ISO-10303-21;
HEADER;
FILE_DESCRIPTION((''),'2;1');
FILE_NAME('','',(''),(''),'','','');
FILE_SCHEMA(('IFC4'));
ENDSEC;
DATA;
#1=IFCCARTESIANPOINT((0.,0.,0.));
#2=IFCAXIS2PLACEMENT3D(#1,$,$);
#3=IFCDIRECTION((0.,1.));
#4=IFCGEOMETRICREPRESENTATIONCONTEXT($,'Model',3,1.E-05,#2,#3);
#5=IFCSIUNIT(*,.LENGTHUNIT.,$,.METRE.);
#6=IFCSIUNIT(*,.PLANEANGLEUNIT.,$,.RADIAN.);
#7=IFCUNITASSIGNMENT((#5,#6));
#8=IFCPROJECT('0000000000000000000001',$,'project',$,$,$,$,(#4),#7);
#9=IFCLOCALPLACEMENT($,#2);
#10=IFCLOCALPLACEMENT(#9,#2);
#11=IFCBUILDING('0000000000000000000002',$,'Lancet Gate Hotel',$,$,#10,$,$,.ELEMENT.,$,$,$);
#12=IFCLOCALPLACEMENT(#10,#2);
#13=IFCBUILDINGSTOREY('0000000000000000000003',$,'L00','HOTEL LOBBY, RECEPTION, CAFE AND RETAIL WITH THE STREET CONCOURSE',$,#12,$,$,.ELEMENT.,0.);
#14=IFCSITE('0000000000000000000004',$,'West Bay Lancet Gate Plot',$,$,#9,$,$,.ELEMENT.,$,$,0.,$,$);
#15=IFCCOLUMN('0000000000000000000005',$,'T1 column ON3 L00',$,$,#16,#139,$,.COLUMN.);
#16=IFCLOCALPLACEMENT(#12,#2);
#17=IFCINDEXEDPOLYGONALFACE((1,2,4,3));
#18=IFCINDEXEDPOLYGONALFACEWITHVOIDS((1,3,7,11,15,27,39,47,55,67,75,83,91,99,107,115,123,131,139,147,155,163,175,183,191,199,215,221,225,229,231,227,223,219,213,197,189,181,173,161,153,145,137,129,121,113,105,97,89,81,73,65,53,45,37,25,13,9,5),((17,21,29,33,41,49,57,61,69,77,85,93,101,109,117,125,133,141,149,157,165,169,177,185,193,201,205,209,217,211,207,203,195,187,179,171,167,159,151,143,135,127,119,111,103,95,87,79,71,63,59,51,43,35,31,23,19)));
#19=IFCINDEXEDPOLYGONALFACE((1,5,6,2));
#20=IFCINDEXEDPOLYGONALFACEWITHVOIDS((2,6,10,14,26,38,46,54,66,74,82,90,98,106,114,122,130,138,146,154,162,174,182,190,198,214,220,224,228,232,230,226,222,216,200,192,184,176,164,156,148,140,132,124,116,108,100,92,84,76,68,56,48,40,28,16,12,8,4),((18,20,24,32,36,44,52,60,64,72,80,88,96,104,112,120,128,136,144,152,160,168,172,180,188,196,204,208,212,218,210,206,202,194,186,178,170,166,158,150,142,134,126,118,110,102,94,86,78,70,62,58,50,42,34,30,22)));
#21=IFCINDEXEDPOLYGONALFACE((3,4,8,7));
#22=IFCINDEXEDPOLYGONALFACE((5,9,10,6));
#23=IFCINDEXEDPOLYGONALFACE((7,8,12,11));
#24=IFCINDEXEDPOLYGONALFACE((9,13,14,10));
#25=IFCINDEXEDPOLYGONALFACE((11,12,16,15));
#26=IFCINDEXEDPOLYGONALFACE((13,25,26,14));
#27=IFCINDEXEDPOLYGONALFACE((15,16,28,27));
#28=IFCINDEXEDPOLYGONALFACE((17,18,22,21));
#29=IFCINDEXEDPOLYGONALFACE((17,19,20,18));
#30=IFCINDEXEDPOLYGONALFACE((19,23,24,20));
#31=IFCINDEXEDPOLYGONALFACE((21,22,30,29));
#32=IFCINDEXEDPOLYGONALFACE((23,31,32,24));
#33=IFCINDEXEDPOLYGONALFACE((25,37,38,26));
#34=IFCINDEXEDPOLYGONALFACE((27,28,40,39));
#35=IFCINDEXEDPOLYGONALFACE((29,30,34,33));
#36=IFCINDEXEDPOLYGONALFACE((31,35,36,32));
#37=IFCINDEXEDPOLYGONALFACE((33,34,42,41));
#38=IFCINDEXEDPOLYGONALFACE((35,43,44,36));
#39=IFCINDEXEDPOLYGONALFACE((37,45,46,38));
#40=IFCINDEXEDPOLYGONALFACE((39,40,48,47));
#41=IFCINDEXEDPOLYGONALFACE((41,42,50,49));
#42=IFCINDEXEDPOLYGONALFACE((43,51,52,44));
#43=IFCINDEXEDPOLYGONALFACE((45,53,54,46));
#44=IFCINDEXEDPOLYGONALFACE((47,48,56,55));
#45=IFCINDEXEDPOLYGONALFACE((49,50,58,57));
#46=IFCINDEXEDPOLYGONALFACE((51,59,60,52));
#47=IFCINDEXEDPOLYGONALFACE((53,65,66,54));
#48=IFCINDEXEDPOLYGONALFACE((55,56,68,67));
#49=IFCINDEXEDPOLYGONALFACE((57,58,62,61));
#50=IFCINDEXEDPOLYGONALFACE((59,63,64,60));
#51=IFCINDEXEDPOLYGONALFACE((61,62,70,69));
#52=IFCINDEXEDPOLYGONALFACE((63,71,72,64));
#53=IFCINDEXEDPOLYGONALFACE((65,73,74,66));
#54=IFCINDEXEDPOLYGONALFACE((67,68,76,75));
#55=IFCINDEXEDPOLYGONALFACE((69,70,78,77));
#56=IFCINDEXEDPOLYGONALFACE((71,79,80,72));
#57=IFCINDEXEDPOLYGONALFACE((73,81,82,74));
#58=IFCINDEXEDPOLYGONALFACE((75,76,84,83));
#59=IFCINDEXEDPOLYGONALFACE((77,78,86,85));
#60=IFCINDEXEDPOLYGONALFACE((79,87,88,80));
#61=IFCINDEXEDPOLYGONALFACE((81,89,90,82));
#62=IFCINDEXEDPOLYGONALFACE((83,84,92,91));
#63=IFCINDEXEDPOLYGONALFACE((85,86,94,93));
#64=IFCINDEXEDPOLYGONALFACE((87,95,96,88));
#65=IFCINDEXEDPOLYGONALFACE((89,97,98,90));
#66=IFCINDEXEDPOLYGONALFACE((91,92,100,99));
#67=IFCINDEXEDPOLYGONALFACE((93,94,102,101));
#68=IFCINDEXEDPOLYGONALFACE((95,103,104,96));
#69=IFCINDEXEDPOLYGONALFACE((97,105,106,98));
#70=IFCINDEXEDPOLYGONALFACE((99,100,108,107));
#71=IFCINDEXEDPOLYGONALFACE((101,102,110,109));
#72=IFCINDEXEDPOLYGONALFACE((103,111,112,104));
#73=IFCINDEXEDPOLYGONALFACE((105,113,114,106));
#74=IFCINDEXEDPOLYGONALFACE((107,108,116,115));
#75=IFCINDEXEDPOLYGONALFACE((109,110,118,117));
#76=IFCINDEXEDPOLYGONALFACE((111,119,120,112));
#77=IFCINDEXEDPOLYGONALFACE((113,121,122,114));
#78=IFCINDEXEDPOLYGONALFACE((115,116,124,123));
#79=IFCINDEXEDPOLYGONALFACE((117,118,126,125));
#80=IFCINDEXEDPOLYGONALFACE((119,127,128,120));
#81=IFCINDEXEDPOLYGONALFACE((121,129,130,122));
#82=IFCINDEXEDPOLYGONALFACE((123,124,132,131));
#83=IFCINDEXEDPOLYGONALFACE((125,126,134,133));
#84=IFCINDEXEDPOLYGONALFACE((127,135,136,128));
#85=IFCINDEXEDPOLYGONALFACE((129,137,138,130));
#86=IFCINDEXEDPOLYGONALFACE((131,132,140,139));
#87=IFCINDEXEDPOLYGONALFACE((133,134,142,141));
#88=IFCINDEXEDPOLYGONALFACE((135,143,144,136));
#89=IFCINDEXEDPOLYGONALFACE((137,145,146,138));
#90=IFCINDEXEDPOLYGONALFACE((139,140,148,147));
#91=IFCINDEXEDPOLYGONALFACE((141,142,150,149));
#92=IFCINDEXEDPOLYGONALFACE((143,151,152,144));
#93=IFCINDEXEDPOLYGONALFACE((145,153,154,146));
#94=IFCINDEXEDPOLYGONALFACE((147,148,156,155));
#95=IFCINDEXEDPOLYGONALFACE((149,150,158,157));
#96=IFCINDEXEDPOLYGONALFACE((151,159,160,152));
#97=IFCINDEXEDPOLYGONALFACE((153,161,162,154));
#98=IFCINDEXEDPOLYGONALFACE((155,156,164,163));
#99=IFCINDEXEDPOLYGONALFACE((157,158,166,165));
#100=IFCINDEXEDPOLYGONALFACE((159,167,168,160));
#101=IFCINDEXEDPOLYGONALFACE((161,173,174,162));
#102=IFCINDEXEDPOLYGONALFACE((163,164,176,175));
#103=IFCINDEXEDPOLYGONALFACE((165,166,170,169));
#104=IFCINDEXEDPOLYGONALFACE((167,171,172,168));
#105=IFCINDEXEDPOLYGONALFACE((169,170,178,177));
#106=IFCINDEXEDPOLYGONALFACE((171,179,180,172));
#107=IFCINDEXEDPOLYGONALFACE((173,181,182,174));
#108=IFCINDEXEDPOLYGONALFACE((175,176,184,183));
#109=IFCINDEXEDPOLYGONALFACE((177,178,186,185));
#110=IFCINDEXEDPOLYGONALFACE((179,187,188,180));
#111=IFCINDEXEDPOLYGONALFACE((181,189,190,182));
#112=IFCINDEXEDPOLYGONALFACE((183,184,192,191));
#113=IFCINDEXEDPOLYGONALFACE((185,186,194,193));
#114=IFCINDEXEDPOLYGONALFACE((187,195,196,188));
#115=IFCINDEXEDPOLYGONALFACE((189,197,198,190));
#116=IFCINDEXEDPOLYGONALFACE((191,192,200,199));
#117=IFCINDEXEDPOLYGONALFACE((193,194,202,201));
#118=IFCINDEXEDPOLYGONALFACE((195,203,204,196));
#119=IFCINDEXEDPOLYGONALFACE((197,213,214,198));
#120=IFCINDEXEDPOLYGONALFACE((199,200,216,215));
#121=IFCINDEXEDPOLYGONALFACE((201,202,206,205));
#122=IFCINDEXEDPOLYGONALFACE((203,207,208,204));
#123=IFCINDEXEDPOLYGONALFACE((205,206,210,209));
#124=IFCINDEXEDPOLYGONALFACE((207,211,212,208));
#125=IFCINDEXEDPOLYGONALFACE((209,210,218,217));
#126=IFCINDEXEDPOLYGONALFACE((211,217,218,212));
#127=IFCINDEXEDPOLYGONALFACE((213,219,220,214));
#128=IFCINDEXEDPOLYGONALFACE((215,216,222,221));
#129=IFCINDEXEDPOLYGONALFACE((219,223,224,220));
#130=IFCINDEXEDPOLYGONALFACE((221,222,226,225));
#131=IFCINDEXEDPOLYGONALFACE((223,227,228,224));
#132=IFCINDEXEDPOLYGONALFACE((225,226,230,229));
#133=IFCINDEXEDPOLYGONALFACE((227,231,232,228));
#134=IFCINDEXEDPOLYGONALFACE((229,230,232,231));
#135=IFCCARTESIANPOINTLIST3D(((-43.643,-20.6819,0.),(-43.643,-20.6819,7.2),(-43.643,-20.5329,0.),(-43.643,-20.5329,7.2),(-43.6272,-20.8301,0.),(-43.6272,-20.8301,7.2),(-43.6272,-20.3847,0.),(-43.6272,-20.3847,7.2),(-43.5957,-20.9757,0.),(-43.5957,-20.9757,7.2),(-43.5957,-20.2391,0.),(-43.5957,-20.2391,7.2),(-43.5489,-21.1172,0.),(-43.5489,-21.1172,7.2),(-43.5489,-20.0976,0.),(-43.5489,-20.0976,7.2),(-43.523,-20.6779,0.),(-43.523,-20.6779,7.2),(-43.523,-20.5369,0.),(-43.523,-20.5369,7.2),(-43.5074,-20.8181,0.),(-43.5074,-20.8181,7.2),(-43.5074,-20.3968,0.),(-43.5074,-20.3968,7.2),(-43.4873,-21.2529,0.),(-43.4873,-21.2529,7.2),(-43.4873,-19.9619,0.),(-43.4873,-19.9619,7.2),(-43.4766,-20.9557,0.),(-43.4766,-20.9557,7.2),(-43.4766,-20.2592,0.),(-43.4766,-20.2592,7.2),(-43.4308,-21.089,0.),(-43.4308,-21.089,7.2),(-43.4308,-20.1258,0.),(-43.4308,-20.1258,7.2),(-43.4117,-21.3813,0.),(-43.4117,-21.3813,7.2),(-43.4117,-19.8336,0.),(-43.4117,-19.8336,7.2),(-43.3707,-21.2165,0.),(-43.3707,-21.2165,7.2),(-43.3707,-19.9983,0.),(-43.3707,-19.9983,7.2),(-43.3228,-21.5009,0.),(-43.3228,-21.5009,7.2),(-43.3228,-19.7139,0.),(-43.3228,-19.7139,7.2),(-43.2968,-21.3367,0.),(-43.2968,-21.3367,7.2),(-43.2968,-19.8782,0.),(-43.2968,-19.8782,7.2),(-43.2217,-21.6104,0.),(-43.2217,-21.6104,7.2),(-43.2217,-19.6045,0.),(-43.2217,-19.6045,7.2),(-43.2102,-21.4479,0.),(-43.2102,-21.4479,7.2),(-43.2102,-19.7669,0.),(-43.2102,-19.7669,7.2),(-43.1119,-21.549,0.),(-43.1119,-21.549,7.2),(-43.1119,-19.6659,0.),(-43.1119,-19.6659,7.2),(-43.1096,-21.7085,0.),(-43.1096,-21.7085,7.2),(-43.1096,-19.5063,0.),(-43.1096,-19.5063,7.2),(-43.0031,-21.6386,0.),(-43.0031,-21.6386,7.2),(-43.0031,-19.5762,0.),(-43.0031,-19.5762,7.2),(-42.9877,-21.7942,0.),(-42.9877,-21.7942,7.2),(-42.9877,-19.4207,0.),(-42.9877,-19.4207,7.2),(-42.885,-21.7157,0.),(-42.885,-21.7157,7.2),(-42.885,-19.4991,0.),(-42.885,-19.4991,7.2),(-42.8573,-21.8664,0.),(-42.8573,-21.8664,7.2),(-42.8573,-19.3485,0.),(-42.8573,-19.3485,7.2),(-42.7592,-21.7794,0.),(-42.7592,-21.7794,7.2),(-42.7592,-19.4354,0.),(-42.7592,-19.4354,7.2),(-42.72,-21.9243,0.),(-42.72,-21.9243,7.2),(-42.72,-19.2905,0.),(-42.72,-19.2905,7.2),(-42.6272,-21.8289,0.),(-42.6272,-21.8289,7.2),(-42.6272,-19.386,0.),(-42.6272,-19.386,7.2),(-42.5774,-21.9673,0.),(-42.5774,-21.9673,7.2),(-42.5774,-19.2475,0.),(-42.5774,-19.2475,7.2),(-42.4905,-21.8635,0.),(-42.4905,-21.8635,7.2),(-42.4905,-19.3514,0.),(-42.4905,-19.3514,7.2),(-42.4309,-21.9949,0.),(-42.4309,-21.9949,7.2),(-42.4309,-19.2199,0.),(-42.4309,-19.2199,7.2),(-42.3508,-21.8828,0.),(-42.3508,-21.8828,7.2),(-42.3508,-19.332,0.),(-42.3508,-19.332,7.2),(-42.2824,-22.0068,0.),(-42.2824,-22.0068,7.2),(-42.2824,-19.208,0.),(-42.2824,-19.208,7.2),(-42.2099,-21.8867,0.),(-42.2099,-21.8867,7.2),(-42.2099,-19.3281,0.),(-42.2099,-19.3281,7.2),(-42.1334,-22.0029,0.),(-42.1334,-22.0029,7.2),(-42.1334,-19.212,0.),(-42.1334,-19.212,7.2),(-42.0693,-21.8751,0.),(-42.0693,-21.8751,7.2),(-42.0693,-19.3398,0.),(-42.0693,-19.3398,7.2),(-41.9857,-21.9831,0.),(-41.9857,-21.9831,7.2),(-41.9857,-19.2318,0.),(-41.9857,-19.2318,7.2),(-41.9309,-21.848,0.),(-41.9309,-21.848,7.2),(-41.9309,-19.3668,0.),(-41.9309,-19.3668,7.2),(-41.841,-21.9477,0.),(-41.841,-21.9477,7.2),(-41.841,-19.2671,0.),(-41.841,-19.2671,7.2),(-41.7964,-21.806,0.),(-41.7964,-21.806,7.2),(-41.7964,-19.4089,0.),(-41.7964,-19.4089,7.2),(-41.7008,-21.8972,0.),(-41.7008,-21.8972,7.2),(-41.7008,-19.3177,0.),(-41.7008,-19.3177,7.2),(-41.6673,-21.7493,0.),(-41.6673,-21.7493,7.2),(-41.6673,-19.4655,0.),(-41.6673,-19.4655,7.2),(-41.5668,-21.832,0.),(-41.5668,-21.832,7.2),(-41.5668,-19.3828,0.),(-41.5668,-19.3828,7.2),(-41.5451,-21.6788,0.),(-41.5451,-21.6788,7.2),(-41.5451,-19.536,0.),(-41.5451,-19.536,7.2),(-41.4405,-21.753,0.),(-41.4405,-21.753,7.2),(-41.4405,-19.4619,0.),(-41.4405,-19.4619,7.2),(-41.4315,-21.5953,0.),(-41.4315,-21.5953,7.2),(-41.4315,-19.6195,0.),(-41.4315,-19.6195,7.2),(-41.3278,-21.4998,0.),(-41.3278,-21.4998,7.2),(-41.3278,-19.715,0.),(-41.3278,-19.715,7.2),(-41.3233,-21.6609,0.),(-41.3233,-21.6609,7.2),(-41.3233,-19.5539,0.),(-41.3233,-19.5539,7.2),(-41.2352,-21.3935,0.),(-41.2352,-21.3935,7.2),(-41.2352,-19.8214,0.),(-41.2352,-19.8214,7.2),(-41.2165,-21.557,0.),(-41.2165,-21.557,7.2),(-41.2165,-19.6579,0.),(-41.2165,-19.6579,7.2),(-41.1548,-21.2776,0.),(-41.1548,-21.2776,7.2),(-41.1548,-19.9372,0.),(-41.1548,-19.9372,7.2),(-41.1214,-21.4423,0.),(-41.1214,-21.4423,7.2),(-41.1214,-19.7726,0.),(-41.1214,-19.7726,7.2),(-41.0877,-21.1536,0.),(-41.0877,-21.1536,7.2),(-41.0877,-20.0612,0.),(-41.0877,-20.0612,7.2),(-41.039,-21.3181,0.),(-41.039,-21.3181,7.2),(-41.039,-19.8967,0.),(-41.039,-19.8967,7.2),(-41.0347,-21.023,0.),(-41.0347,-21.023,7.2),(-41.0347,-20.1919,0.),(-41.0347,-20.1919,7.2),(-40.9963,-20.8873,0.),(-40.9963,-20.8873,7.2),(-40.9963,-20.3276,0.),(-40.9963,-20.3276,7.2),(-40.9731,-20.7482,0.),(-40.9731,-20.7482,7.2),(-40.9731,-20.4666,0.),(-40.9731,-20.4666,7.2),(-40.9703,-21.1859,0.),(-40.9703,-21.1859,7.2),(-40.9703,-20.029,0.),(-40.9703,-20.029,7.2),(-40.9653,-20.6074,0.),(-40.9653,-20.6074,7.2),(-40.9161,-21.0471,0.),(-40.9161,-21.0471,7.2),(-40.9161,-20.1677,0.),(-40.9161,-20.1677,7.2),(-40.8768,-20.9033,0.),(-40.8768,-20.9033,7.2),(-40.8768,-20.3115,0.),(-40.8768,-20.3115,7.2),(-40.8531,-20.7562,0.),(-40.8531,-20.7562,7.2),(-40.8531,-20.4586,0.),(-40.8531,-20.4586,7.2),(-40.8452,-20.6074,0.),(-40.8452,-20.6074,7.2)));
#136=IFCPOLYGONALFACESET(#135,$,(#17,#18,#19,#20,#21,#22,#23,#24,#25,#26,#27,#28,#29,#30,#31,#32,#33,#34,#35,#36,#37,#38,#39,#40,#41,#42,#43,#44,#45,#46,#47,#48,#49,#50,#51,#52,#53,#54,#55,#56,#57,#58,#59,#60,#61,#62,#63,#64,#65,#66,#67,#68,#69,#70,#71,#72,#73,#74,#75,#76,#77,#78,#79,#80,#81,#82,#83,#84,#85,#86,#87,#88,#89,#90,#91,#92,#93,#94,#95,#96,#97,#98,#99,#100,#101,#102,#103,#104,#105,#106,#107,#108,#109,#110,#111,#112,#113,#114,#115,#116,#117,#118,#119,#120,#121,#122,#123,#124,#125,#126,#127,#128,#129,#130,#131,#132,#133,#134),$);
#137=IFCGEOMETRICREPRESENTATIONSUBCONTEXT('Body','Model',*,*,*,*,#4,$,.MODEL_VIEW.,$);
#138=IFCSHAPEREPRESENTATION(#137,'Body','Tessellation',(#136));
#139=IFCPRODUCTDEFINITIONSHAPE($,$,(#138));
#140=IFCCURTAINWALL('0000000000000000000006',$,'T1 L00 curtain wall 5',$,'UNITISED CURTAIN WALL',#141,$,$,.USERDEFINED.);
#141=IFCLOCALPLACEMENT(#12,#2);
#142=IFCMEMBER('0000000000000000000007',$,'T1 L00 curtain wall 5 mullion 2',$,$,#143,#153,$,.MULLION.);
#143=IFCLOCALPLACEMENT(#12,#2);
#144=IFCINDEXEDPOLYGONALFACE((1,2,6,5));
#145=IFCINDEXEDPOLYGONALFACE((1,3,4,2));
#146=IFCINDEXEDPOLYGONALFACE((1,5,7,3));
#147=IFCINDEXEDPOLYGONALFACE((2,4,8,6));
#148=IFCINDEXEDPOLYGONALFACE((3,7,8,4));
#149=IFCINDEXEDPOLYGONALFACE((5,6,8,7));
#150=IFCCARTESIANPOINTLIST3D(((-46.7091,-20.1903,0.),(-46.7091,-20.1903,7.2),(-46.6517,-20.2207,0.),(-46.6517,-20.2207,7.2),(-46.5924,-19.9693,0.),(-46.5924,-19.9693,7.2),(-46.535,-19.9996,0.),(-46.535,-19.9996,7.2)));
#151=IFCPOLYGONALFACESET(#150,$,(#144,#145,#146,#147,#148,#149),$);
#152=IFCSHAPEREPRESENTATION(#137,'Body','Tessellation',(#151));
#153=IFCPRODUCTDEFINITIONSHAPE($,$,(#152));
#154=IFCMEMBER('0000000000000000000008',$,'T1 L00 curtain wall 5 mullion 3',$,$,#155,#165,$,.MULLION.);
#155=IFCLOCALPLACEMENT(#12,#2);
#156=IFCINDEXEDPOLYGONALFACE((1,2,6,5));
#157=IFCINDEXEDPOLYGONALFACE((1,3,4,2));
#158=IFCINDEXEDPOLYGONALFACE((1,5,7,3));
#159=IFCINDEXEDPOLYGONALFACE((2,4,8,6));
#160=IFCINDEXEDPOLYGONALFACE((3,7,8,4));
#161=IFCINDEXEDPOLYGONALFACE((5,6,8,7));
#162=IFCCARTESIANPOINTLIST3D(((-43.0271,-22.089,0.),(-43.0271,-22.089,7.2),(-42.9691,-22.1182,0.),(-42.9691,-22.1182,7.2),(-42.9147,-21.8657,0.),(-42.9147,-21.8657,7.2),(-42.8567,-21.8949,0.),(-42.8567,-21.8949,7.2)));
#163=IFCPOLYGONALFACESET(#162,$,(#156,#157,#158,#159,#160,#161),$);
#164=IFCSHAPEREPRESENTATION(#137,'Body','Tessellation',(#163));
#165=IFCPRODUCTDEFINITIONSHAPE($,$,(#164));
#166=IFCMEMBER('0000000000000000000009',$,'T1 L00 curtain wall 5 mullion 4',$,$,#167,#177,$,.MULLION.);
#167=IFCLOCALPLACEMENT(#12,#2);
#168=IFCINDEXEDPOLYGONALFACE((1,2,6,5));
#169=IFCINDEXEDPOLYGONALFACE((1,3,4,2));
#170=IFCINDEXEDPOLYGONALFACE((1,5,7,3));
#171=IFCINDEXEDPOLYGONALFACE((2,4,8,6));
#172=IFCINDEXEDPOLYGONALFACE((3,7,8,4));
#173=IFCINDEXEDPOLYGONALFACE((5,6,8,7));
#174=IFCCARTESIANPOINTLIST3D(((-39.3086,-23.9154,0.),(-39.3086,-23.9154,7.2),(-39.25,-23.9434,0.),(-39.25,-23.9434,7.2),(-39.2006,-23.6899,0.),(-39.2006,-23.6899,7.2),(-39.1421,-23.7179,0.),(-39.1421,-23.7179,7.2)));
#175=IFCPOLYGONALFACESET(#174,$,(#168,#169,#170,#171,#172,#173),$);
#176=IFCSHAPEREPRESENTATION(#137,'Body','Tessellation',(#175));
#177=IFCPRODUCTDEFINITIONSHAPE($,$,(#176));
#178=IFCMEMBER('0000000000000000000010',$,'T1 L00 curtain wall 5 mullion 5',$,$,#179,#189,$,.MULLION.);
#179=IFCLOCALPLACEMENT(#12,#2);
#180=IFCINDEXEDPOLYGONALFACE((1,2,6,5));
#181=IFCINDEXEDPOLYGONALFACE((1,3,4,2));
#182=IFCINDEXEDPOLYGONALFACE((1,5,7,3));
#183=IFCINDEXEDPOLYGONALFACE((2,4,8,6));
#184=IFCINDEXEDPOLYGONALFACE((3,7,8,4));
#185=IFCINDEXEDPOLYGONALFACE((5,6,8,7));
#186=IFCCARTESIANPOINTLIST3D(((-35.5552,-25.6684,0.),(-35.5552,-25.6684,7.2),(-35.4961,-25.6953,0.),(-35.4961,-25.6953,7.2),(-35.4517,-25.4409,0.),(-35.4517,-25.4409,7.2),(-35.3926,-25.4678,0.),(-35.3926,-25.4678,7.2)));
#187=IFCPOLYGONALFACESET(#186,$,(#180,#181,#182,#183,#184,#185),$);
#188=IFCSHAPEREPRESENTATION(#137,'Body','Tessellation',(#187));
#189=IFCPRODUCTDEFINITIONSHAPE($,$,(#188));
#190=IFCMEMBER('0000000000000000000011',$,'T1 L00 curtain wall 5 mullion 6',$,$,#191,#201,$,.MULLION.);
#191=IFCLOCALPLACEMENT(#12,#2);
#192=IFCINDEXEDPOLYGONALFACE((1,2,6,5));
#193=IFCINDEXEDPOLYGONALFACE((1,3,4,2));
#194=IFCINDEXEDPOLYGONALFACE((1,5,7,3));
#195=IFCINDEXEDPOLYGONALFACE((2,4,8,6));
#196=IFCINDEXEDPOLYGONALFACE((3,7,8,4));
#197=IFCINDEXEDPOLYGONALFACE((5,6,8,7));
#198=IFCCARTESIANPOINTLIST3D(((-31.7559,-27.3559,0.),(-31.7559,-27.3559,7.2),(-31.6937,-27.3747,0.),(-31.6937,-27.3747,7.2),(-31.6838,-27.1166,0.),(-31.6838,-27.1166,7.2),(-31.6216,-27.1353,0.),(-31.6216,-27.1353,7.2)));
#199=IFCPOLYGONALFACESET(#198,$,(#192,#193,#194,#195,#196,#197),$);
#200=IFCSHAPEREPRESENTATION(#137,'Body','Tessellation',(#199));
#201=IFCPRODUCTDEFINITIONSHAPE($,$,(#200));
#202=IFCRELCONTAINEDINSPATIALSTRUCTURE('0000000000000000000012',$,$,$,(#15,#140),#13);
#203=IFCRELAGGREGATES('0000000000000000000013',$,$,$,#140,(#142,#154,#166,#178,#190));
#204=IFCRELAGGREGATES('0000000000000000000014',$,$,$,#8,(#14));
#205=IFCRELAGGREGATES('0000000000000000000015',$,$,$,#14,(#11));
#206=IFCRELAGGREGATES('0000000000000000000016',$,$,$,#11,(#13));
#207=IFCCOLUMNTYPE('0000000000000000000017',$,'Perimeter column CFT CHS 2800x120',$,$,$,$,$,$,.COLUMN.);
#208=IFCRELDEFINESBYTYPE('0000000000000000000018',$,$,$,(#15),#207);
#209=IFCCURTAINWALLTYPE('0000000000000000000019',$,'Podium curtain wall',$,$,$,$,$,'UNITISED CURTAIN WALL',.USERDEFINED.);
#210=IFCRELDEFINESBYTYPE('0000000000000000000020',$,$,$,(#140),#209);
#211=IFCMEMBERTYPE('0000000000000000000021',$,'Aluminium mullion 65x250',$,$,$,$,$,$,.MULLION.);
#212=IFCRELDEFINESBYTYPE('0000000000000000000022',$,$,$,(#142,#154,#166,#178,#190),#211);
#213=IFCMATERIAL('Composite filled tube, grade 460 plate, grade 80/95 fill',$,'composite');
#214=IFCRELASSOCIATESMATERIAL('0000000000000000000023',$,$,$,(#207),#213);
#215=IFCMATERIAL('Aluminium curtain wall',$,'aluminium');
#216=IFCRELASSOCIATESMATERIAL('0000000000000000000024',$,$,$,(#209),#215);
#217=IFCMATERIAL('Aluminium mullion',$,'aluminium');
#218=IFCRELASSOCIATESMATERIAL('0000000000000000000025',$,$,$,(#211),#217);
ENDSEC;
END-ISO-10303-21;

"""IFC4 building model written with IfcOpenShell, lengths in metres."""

from ifc_helpers import new_model, si_unit, direction, frame, origin, origin_2d, place, context, subcontext, project, spatial, rectangle, hollow_circle, extrude, material, material_profile, profile_set, type_object, element, aggregate, save


model = new_model("IFC4")

# Units and contexts
model_context = context("Model", 3, precision=1e-05, world=origin(), true_north=direction((0.0, 1.0)))
body_context = subcontext(model_context, "Body", "Model", "MODEL_VIEW")
ifc_project = project(units=[si_unit("LENGTHUNIT", "METRE"), si_unit("PLANEANGLEUNIT", "RADIAN")], contexts=[model_context])

# Site, building, storey
site_placement = place(None, origin())
site = spatial("IfcSite", under=ifc_project, at=site_placement, Name="West Bay Lancet Gate Plot", CompositionType="ELEMENT", RefElevation=0.0)
building_placement = place(site_placement, origin())
building = spatial("IfcBuilding", under=site, at=building_placement, Name="Lancet Gate Hotel", CompositionType="ELEMENT")
storey_placement = place(building_placement, origin())
storey = spatial("IfcBuildingStorey", under=building, at=storey_placement, Name="L00", Description="HOTEL LOBBY, RECEPTION, CAFE AND RETAIL WITH THE STREET CONCOURSE", CompositionType="ELEMENT", Elevation=0.0)

# Column
ifc_material_1 = material(Name="Composite filled tube, grade 460 plate, grade 80/95 fill", Category="composite")
ifc_material_profile_1 = material_profile(ifc_material_1, hollow_circle(Radius=1.3999, WallThickness=0.1201, at=origin_2d()), Name="CHS 2800x120")
ifc_profile_set_1 = profile_set([ifc_material_profile_1], Name="Composite filled tube, grade 460 plate, grade 80/95 fill")
column_type = type_object("IfcColumnType", Name="Perimeter column CFT CHS 2800x120", PredefinedType="COLUMN", material=ifc_profile_set_1)
column_placement = place(storey_placement, frame((-42.2451, -20.6074, 0.0), z_axis=(0.0, 0.0, 1.0), x_axis=(1.0, 0.0, 0.0)))
element("IfcColumn", 1, at=column_placement, inside=storey, type_object=column_type, Name="T1 column ON3 L00", PredefinedType="COLUMN", context=body_context, shape_type="SweptSolid", body=[
    extrude(hollow_circle(Radius=1.3999, WallThickness=0.1201, at=origin_2d()), origin(), (0.0, 0.0, 1.0), 7.2),
])

# Curtain wall, members
ifc_material_2 = material(Name="Aluminium curtain wall", Category="aluminium")
curtain_wall_type = type_object("IfcCurtainWallType", Name="Podium curtain wall", ElementType="UNITISED CURTAIN WALL", PredefinedType="USERDEFINED", material=ifc_material_2)
curtain_wall_placement = place(storey_placement, origin())
curtain_wall = element("IfcCurtainWall", 2, at=curtain_wall_placement, inside=storey, type_object=curtain_wall_type, Name="T1 L00 curtain wall 5", ObjectType="UNITISED CURTAIN WALL", PredefinedType="USERDEFINED")
ifc_material_3 = material(Name="Aluminium mullion", Category="aluminium")
ifc_material_profile_2 = material_profile(ifc_material_3, rectangle(XDim=0.0649, YDim=0.25, at=origin_2d()), Name="MULLION 65x250")
ifc_profile_set_2 = profile_set([ifc_material_profile_2], Name="Aluminium mullion")
member_type_1 = type_object("IfcMemberType", Name="Aluminium mullion 65x250", PredefinedType="MULLION", material=ifc_profile_set_2)
member_1_placement = place(storey_placement, frame((-46.6221, -20.095, 0.0), z_axis=(0.0, 0.0, 1.0), x_axis=(0.884311, -0.466898, 0.0)))
member_1 = element("IfcMember", 3, at=member_1_placement, type_object=member_type_1, Name="T1 L00 curtain wall 5 mullion 2", PredefinedType="MULLION", context=body_context, shape_type="SweptSolid", body=[
    extrude(rectangle(XDim=0.0649, YDim=0.25, at=origin_2d()), origin(), (0.0, 0.0, 1.0), 7.2),
])
member_2_placement = place(storey_placement, frame((-42.9419, -21.9919, 0.0), z_axis=(0.0, 0.0, 1.0), x_axis=(0.893292, -0.449478, 0.0)))
member_2 = element("IfcMember", 4, at=member_2_placement, type_object=member_type_1, Name="T1 L00 curtain wall 5 mullion 3", PredefinedType="MULLION", context=body_context, shape_type="SweptSolid", body=[
    extrude(rectangle(XDim=0.0649, YDim=0.25, at=origin_2d()), origin(), (0.0, 0.0, 1.0), 7.2),
])
member_3_placement = place(storey_placement, frame((-39.2253, -23.8167, 0.0), z_axis=(0.0, 0.0, 1.0), x_axis=(0.901929, -0.431885, 0.0)))
member_3 = element("IfcMember", 5, at=member_3_placement, type_object=member_type_1, Name="T1 L00 curtain wall 5 mullion 4", PredefinedType="MULLION", context=body_context, shape_type="SweptSolid", body=[
    extrude(rectangle(XDim=0.0649, YDim=0.25, at=origin_2d()), origin(), (0.0, 0.0, 1.0), 7.2),
])
member_4_placement = place(storey_placement, frame((-35.4739, -25.5681, 0.0), z_axis=(0.0, 0.0, 1.0), x_axis=(0.91022, -0.414126, 0.0)))
member_4 = element("IfcMember", 6, at=member_4_placement, type_object=member_type_1, Name="T1 L00 curtain wall 5 mullion 5", PredefinedType="MULLION", context=body_context, shape_type="SweptSolid", body=[
    extrude(rectangle(XDim=0.0649, YDim=0.25, at=origin_2d()), origin(), (0.0, 0.0, 1.0), 7.2),
])
member_5_placement = place(storey_placement, frame((-31.6887, -27.2456, 0.0), z_axis=(0.0, 0.0, 1.0), x_axis=(0.957524, -0.288352, 0.0)))
member_5 = element("IfcMember", 7, at=member_5_placement, type_object=member_type_1, Name="T1 L00 curtain wall 5 mullion 6", PredefinedType="MULLION", context=body_context, shape_type="SweptSolid", body=[
    extrude(rectangle(XDim=0.0649, YDim=0.25, at=origin_2d()), origin(), (0.0, 0.0, 1.0), 7.2),
])

aggregate(curtain_wall, [member_1, member_2, member_3, member_4, member_5])

save(model, "model.ifc")
